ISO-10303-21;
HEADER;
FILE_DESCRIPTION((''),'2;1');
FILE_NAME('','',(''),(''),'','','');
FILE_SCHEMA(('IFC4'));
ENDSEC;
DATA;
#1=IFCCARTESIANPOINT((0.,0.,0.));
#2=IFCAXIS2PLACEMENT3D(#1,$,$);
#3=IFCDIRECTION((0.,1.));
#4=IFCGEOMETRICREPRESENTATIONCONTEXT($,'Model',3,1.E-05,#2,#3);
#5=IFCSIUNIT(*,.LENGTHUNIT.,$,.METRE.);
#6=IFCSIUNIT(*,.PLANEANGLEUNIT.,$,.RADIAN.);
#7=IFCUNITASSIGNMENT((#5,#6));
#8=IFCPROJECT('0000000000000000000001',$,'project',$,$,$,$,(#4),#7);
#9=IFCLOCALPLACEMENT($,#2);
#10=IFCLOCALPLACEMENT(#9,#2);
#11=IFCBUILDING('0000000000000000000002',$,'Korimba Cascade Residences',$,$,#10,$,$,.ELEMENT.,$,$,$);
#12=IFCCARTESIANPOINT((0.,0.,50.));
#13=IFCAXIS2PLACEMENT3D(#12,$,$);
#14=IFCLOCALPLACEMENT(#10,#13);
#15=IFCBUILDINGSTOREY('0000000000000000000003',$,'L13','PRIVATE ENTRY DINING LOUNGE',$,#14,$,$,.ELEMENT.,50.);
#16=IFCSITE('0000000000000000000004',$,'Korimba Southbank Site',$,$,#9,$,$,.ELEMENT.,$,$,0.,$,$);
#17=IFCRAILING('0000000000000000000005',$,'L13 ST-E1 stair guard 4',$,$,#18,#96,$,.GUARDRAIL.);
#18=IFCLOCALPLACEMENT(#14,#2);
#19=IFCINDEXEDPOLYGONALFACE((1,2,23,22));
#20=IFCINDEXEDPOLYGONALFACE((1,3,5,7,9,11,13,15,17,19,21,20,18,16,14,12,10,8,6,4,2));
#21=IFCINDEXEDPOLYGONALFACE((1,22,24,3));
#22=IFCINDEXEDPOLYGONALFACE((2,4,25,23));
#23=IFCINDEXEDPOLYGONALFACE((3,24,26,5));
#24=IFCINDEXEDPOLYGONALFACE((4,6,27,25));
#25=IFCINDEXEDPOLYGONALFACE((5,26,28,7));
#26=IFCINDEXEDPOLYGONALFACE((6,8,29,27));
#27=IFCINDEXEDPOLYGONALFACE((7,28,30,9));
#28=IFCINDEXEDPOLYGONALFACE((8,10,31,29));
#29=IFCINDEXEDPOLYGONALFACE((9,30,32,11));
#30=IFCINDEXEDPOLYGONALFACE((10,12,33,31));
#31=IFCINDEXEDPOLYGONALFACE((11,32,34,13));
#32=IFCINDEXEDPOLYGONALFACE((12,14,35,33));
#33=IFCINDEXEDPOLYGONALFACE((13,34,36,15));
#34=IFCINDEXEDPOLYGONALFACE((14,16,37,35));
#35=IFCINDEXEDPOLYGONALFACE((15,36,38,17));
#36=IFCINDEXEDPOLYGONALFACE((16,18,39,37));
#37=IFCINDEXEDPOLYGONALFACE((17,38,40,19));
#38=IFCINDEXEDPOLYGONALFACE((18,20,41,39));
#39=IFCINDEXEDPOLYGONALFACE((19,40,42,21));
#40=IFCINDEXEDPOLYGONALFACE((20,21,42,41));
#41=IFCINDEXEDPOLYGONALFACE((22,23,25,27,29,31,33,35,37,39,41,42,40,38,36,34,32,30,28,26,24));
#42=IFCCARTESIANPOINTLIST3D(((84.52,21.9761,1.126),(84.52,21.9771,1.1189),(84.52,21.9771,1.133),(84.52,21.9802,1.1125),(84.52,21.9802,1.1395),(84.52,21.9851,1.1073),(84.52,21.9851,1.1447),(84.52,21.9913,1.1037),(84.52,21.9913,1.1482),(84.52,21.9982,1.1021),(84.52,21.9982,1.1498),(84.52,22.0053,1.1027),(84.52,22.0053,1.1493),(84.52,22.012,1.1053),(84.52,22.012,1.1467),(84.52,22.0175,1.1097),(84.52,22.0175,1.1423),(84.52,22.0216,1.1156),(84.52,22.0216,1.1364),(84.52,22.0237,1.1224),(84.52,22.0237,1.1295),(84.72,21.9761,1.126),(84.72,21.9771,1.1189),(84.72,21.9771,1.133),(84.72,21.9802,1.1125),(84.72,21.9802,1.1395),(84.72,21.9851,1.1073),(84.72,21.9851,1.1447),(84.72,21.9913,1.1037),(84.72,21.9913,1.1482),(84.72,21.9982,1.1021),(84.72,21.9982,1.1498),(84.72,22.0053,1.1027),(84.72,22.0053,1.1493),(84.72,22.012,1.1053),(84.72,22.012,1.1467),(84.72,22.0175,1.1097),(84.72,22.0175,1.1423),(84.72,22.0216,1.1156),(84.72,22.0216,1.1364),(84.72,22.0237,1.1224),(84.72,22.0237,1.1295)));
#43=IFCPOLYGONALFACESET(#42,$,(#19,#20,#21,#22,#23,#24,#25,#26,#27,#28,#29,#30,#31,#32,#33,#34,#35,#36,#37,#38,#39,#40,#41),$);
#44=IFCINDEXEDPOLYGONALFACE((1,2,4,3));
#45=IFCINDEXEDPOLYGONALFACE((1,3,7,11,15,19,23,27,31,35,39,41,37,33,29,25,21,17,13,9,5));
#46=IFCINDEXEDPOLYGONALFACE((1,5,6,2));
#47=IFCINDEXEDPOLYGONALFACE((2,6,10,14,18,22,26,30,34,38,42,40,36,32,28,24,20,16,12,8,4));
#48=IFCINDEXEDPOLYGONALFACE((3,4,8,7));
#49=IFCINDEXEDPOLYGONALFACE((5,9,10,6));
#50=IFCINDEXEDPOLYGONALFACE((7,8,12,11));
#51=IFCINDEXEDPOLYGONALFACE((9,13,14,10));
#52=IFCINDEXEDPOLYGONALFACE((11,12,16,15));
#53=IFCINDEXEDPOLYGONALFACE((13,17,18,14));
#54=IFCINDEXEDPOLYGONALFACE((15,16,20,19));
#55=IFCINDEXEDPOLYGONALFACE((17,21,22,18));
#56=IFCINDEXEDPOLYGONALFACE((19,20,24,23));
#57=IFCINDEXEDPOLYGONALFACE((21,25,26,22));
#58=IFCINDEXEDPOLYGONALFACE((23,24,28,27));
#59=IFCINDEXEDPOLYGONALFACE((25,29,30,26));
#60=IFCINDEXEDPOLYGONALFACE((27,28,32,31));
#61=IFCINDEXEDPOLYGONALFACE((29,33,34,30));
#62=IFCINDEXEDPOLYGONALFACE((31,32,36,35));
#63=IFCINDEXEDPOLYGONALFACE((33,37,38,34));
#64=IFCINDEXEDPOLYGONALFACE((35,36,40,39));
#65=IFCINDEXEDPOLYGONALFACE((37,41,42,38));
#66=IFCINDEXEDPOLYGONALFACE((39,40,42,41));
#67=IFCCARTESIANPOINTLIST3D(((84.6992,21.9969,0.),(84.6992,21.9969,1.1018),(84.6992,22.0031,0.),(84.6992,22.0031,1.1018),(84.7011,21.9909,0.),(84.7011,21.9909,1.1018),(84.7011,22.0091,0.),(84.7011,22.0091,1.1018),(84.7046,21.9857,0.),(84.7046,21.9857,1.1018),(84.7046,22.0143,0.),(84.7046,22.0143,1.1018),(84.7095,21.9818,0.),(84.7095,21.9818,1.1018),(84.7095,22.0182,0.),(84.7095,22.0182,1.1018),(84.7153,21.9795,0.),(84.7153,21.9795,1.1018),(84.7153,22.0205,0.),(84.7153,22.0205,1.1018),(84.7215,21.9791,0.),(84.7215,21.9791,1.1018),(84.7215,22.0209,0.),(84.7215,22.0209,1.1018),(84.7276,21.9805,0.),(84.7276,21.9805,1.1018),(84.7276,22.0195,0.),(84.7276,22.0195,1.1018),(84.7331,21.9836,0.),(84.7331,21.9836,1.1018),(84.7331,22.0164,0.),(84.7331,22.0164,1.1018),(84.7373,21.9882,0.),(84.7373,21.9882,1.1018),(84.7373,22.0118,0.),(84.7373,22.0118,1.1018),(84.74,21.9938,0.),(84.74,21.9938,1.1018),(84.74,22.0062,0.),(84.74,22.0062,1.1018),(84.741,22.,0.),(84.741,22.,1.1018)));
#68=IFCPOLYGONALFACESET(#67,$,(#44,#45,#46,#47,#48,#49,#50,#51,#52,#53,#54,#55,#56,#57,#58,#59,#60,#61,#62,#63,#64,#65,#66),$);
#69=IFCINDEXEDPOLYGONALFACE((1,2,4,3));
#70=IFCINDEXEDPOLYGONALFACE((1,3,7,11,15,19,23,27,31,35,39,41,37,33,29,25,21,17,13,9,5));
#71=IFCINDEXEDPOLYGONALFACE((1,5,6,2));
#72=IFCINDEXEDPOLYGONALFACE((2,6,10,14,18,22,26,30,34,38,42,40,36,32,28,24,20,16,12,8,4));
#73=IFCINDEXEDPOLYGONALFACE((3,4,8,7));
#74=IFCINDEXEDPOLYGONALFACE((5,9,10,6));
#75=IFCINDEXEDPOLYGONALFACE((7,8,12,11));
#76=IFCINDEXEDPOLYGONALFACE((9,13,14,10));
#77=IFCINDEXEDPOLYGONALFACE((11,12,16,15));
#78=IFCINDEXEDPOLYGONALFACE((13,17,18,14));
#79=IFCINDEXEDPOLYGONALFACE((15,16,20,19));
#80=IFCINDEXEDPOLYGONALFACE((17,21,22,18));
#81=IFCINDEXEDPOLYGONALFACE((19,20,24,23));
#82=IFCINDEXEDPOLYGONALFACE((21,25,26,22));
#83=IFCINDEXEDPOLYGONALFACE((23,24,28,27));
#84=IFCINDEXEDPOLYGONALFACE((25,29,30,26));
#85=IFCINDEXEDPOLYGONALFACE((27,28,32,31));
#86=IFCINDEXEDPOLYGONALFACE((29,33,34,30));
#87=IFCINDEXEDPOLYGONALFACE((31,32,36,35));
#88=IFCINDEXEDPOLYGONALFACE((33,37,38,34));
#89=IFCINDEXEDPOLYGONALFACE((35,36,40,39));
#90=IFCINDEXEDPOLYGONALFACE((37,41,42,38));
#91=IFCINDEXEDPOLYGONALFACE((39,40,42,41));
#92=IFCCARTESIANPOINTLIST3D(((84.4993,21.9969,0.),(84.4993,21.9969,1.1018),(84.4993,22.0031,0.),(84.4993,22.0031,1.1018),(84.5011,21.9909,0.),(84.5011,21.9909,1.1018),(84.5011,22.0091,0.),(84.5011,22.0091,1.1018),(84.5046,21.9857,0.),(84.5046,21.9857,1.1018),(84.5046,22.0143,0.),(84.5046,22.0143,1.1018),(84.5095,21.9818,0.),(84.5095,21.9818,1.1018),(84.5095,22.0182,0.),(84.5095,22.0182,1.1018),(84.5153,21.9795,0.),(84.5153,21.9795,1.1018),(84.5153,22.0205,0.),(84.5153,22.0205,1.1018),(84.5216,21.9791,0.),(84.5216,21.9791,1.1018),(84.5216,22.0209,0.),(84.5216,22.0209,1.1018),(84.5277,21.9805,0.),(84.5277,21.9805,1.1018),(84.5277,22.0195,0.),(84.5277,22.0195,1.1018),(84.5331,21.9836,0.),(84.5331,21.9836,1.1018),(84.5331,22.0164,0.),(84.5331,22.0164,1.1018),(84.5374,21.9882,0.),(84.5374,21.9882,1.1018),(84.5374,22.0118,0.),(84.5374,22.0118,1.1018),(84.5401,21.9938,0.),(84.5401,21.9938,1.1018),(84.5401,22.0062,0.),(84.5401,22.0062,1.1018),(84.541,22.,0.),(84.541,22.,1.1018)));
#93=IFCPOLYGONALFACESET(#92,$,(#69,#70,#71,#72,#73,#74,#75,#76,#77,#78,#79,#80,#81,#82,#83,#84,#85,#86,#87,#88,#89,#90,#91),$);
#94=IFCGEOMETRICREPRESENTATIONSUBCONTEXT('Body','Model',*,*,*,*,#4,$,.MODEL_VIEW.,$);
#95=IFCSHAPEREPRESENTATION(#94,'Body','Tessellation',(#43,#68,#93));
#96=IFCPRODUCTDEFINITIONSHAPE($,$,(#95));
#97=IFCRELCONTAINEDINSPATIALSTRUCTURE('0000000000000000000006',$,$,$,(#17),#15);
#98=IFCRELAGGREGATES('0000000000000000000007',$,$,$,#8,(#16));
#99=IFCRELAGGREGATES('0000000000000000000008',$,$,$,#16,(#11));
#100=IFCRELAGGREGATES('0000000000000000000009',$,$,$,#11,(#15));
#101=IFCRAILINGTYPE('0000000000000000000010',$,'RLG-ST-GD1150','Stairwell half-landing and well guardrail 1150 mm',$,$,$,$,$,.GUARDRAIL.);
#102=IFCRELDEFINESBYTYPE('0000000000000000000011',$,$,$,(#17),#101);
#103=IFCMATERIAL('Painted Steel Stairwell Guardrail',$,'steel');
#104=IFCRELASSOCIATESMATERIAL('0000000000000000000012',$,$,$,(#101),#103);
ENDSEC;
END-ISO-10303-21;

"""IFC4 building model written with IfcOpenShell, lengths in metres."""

from ifc_helpers import new_model, si_unit, direction, frame, origin, origin_2d, place, context, subcontext, project, spatial, circle, extrude, material, type_object, element, save


model = new_model("IFC4")

# Units and contexts
model_context = context("Model", 3, precision=1e-05, world=origin(), true_north=direction((0.0, 1.0)))
body_context = subcontext(model_context, "Body", "Model", "MODEL_VIEW")
ifc_project = project(units=[si_unit("LENGTHUNIT", "METRE"), si_unit("PLANEANGLEUNIT", "RADIAN")], contexts=[model_context])

# Site, building, storey
site_placement = place(None, origin())
site = spatial("IfcSite", under=ifc_project, at=site_placement, Name="Korimba Southbank Site", CompositionType="ELEMENT", RefElevation=0.0)
building_placement = place(site_placement, origin())
building = spatial("IfcBuilding", under=site, at=building_placement, Name="Korimba Cascade Residences", CompositionType="ELEMENT")
storey_placement = place(building_placement, frame((0.0, 0.0, 50.0)))
storey = spatial("IfcBuildingStorey", under=building, at=storey_placement, Name="L13", Description="PRIVATE ENTRY DINING LOUNGE", CompositionType="ELEMENT", Elevation=50.0)

# Railing
ifc_material_1 = material(Name="Painted Steel Stairwell Guardrail", Category="steel")
railing_type_1 = type_object("IfcRailingType", Name="RLG-ST-GD1150", Description="Stairwell half-landing and well guardrail 1150 mm", PredefinedType="GUARDRAIL", material=ifc_material_1)
railing_1_placement = place(storey_placement, frame((84.72, 22.0, 0.0)))
element("IfcRailing", 1, at=railing_1_placement, inside=storey, type_object=railing_type_1, Name="L13 ST-E1 stair guard 4", PredefinedType="GUARDRAIL", context=body_context, shape_type="SweptSolid", body=[
    extrude(circle(Radius=0.0239, at=origin_2d()), frame((0.0, 0.0, 1.126), z_axis=(-1.0, 0.0, 0.0), x_axis=(0.0, -1.0, 0.0)), (0.0, 0.0, 1.0), 0.2),
    extrude(circle(Radius=0.021, at=origin_2d()), origin(), (0.0, 0.0, 1.0), 1.1018),
    extrude(circle(Radius=0.021, at=origin_2d()), frame((-0.2, 0.0, 0.0)), (0.0, 0.0, 1.0), 1.1018),
])

save(model, "model.ifc")
